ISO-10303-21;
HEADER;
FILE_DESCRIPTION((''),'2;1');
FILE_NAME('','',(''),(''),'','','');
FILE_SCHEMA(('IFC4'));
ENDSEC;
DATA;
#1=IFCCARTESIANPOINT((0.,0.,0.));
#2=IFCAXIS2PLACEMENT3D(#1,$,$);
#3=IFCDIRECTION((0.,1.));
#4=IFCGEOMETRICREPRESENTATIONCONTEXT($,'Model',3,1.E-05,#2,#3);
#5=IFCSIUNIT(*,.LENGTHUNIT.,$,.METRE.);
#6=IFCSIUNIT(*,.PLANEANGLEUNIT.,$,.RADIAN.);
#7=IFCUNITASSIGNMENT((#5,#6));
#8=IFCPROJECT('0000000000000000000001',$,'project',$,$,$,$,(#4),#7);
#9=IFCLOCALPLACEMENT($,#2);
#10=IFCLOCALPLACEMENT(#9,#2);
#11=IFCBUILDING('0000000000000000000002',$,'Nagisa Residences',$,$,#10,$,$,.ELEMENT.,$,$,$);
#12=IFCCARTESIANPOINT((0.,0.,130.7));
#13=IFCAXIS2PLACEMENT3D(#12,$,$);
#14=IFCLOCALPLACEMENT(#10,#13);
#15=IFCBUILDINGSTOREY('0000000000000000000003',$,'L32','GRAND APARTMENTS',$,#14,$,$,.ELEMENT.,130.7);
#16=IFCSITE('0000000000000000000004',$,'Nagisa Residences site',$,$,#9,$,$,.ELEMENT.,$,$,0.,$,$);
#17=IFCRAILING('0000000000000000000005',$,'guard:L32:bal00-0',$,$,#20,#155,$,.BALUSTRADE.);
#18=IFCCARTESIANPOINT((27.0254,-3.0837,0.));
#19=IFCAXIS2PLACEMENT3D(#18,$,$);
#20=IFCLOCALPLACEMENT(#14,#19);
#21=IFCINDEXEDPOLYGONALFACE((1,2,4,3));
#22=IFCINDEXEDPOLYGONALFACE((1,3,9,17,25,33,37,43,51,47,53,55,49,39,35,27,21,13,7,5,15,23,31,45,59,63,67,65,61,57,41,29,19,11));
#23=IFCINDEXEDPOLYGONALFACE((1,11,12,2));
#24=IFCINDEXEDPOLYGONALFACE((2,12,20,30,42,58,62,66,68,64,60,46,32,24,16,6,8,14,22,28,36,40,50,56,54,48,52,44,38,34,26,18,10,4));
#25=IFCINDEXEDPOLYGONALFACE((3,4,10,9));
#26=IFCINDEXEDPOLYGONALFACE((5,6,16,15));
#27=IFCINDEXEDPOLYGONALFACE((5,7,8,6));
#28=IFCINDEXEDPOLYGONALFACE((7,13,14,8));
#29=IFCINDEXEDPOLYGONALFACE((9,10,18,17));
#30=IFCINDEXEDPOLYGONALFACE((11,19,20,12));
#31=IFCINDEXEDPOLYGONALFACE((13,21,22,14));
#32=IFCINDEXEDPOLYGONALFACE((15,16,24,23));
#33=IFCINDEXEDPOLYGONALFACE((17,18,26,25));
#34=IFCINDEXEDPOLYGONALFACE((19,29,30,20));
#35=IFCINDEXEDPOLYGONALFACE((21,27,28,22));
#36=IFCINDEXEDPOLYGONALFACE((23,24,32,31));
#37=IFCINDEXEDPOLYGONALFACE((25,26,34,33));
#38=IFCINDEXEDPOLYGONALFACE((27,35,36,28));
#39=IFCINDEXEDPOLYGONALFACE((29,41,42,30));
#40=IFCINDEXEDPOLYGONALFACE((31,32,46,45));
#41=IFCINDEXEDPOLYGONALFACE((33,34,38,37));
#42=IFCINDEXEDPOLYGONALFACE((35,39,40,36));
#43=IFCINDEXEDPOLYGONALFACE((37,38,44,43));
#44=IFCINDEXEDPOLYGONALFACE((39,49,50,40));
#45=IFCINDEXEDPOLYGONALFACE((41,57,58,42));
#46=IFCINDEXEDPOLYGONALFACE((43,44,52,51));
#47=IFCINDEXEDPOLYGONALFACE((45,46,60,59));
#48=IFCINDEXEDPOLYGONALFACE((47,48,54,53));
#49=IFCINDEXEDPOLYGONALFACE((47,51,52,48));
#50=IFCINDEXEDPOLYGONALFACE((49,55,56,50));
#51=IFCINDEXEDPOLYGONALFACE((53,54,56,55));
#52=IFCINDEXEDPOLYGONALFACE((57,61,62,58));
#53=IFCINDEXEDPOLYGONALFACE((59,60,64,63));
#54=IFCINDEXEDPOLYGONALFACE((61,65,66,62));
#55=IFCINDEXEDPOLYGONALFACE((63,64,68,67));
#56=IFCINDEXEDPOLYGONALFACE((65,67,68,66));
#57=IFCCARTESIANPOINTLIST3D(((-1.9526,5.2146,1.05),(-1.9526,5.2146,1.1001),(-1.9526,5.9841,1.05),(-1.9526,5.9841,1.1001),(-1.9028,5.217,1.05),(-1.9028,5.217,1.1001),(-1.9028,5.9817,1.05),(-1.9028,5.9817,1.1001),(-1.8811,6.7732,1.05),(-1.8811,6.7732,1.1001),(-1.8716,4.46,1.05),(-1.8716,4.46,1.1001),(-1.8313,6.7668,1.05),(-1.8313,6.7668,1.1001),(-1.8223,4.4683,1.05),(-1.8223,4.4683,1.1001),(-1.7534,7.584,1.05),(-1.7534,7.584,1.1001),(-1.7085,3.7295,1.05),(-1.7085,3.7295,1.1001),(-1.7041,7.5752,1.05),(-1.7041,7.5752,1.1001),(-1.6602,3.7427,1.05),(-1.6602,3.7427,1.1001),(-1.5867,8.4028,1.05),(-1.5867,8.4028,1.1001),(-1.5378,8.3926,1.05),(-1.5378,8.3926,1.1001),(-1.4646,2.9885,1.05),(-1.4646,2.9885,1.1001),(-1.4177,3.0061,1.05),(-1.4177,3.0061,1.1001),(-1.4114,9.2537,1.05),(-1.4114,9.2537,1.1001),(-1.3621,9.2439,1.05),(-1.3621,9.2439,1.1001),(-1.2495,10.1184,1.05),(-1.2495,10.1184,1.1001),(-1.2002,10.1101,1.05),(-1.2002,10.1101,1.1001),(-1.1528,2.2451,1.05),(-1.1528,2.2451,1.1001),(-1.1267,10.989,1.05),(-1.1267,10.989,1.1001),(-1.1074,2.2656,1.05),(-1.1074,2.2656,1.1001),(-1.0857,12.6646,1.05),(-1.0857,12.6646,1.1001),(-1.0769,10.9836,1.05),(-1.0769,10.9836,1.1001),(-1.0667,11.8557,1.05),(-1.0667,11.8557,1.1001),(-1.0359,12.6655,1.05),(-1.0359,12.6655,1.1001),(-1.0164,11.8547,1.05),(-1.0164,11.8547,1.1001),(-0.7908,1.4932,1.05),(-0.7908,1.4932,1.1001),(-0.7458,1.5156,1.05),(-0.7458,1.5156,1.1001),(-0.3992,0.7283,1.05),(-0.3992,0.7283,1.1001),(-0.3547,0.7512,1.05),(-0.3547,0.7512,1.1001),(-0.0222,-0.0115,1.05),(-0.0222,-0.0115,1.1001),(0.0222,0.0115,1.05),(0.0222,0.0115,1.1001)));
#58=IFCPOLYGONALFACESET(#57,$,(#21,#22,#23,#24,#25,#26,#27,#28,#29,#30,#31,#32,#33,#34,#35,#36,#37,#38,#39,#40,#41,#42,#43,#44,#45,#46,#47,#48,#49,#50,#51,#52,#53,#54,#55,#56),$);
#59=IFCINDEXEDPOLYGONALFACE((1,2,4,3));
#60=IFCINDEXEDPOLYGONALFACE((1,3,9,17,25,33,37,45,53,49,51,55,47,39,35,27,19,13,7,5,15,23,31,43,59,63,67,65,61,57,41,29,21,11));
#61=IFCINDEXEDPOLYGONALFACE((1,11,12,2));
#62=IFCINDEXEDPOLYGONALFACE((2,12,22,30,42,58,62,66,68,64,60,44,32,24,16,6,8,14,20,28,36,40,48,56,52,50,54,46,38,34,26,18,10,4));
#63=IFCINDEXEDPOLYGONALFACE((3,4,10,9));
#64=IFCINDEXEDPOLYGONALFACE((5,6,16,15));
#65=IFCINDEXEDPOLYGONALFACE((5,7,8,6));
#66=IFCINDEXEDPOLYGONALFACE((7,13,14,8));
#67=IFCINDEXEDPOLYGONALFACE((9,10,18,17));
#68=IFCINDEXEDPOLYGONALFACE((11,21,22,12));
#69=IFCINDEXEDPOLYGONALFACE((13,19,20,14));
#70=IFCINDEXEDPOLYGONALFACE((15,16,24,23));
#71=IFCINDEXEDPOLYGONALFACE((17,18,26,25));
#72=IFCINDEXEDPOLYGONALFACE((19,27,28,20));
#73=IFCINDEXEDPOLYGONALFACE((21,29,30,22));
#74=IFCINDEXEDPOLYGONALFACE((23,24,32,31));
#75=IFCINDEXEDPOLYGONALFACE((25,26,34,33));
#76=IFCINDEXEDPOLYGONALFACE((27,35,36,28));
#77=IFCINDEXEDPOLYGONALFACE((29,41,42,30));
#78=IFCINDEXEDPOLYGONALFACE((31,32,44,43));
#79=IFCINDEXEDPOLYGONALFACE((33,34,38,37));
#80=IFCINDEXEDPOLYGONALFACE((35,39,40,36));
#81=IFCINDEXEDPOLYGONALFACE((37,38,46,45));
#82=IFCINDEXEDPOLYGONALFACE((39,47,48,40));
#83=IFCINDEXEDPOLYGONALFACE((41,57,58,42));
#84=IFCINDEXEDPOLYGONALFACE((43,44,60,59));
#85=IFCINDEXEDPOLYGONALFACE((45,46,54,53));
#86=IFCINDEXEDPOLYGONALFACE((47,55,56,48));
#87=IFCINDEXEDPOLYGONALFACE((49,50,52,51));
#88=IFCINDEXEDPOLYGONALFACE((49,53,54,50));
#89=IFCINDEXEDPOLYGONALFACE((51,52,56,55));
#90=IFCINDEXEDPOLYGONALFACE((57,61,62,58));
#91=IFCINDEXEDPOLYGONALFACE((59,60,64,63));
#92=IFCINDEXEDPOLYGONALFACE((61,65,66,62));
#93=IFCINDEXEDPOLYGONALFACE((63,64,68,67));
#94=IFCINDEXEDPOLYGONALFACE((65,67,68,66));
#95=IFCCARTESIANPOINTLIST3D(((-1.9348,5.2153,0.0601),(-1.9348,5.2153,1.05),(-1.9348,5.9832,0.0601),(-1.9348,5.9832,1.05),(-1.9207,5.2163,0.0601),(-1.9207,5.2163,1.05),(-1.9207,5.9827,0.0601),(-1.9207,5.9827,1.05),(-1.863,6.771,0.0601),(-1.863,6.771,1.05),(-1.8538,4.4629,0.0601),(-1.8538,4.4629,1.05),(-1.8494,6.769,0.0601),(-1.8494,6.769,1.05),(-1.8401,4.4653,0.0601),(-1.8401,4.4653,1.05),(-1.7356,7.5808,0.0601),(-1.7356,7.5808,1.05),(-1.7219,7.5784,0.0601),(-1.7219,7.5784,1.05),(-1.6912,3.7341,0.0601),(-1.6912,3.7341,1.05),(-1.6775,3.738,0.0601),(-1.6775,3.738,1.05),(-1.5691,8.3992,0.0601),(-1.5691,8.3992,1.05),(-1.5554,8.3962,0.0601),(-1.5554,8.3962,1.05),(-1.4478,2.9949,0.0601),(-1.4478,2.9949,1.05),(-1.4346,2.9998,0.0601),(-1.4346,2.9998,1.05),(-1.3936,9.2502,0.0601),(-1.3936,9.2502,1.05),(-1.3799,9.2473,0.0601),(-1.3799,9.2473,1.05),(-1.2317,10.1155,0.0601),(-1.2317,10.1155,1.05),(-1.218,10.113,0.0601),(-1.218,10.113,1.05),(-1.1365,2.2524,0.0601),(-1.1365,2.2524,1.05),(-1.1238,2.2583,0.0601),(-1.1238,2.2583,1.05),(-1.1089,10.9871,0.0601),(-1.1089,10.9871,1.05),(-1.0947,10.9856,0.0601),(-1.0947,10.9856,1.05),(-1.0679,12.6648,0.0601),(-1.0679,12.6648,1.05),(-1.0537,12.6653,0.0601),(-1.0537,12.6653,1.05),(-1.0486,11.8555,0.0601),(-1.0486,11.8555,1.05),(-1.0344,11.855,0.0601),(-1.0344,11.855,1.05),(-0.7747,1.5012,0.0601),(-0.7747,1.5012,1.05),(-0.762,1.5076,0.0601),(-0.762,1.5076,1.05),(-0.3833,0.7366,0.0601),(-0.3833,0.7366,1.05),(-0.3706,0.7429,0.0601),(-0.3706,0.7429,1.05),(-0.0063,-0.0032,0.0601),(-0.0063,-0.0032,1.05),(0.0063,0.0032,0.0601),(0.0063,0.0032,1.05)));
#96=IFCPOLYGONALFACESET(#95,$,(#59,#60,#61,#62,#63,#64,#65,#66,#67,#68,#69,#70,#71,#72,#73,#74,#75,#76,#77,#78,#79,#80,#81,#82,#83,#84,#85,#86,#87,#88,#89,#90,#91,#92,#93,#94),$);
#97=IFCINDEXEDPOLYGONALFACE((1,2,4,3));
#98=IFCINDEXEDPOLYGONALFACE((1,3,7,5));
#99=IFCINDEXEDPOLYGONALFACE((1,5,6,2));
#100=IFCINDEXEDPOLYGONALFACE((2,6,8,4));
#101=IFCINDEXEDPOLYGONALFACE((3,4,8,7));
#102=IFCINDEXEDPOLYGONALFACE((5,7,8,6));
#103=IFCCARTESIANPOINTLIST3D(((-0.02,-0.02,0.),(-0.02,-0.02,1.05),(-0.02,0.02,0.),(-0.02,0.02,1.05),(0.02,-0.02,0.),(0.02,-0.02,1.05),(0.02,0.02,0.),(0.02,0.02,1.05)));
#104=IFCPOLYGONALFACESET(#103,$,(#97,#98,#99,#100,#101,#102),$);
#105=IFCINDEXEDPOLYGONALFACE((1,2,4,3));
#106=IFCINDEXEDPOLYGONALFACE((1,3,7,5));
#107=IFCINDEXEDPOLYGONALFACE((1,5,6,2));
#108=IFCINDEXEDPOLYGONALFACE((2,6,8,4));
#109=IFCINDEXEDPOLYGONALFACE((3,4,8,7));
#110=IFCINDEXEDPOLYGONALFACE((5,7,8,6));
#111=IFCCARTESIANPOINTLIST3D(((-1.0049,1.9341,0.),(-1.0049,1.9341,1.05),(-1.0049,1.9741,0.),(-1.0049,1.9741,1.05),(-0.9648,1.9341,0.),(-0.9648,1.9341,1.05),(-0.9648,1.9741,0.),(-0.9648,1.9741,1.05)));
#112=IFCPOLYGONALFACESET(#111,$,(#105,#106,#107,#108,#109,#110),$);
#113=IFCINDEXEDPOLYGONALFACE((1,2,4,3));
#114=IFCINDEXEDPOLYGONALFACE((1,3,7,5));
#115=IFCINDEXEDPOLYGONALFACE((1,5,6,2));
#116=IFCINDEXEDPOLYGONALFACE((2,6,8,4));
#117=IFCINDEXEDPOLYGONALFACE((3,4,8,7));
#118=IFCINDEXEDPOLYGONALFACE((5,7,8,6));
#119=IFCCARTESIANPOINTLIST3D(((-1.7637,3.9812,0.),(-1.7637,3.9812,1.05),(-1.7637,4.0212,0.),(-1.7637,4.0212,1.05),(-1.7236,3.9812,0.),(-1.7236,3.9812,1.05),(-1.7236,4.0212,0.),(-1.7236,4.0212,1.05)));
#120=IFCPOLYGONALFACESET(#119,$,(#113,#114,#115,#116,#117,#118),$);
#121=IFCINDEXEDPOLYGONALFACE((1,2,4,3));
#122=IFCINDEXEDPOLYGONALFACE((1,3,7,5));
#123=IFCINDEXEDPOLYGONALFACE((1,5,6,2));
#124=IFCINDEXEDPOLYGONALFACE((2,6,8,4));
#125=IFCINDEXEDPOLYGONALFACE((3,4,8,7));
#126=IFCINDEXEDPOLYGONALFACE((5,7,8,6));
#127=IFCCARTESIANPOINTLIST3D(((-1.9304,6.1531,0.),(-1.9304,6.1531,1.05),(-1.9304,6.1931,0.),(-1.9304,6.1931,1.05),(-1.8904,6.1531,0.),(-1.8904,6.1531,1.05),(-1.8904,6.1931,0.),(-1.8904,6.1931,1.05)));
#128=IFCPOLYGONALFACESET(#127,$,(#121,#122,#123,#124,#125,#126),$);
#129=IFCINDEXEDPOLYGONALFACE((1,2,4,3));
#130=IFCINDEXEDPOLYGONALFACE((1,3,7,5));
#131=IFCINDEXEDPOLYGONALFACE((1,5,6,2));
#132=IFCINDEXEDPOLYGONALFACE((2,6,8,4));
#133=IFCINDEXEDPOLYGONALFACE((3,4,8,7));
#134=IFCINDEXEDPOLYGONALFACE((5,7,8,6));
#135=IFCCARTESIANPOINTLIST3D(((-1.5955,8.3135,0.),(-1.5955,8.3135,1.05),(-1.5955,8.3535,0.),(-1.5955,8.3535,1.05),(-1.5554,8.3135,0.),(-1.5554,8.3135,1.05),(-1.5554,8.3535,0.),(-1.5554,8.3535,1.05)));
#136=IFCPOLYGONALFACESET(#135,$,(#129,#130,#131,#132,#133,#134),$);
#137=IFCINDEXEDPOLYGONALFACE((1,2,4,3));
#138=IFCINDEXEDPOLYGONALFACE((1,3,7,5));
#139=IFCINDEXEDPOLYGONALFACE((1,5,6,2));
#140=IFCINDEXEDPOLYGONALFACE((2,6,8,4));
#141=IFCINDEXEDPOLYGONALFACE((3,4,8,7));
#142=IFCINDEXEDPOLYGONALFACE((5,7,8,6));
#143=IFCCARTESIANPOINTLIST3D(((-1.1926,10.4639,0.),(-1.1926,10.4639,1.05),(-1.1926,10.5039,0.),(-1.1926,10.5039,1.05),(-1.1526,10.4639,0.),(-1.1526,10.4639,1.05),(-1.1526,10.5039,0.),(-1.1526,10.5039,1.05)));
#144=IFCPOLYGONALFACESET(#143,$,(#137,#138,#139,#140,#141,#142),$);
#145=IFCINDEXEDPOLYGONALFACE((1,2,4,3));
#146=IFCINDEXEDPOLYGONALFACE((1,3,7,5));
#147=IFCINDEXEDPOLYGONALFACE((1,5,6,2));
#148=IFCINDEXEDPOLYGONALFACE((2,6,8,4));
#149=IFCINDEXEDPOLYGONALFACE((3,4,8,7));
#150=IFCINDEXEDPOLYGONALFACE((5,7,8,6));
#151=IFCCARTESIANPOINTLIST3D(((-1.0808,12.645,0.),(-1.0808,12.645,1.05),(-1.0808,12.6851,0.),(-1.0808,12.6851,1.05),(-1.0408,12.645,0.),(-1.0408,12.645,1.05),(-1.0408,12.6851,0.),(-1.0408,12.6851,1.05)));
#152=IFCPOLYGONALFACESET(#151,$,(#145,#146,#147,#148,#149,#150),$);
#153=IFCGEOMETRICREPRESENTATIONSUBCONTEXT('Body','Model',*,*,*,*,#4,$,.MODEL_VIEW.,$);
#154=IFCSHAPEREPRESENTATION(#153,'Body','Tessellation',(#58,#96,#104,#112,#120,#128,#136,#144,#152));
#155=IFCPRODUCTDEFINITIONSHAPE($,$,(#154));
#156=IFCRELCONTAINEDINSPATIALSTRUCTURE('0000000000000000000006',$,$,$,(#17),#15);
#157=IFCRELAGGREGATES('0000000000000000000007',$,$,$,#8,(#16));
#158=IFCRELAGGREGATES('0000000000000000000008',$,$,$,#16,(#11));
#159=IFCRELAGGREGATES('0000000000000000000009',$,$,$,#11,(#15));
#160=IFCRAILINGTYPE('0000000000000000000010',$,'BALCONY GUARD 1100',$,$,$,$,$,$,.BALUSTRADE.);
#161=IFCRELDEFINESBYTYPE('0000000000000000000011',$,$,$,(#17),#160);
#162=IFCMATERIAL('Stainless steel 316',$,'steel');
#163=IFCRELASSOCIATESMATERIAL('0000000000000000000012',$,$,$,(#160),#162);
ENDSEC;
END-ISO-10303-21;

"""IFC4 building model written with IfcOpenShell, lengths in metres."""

from ifc_helpers import new_model, si_unit, direction, frame, origin, origin_2d, place, context, subcontext, project, spatial, polyline, rectangle, outline, extrude, material, type_object, element, save


model = new_model("IFC4")

# Units and contexts
model_context = context("Model", 3, precision=1e-05, world=origin(), true_north=direction((0.0, 1.0)))
body_context = subcontext(model_context, "Body", "Model", "MODEL_VIEW")
ifc_project = project(units=[si_unit("LENGTHUNIT", "METRE"), si_unit("PLANEANGLEUNIT", "RADIAN")], contexts=[model_context])

# Site, building, storey
site_placement = place(None, origin())
site = spatial("IfcSite", under=ifc_project, at=site_placement, Name="Nagisa Residences site", CompositionType="ELEMENT", RefElevation=0.0)
building_placement = place(site_placement, origin())
building = spatial("IfcBuilding", under=site, at=building_placement, Name="Nagisa Residences", CompositionType="ELEMENT")
storey_placement = place(building_placement, frame((0.0, 0.0, 130.7)))
storey = spatial("IfcBuildingStorey", under=building, at=storey_placement, Name="L32", Description="GRAND APARTMENTS", CompositionType="ELEMENT", Elevation=130.7)

# Railing
ifc_material_1 = material(Name="Stainless steel 316", Category="steel")
railing_type = type_object("IfcRailingType", Name="BALCONY GUARD 1100", PredefinedType="BALUSTRADE", material=ifc_material_1)
railing_placement = place(storey_placement, frame((27.0254, -3.0837, 0.0)))
element("IfcRailing", 1, at=railing_placement, inside=storey, type_object=railing_type, Name="guard:L32:bal00-0", PredefinedType="BALUSTRADE", context=body_context, shape_type="SweptSolid", body=[
    extrude(outline(polyline([(-0.3992, 0.7283), (-0.0222, -0.0115), (0.0222, 0.0115), (-0.3547, 0.7512), (-0.7458, 1.5156), (-1.1074, 2.2656), (-1.4177, 3.0061), (-1.6602, 3.7427), (-1.8223, 4.4683), (-1.9028, 5.217), (-1.9028, 5.9817), (-1.8313, 6.7668), (-1.7041, 7.5752), (-1.5378, 8.3926), (-1.3621, 9.2439), (-1.2002, 10.1101), (-1.0769, 10.9836), (-1.0164, 11.8547), (-1.0359, 12.6655), (-1.0857, 12.6646), (-1.0667, 11.8557), (-1.1267, 10.989), (-1.2495, 10.1184), (-1.4114, 9.2537), (-1.5867, 8.4028), (-1.7534, 7.584), (-1.8811, 6.7732), (-1.9526, 5.9841), (-1.9526, 5.2146), (-1.8716, 4.46), (-1.7085, 3.7295), (-1.4646, 2.9885), (-1.1528, 2.2451), (-0.7908, 1.4932), (-0.3992, 0.7283)])), frame((0.0, 0.0, 1.05)), (0.0, 0.0, 1.0), 0.05),
    extrude(outline(polyline([(-0.3833, 0.7366), (-0.0063, -0.0032), (0.0063, 0.0032), (-0.3706, 0.7429), (-0.762, 1.5076), (-1.1238, 2.2583), (-1.4346, 2.9998), (-1.6775, 3.738), (-1.8401, 4.4653), (-1.9207, 5.2163), (-1.9207, 5.9827), (-1.8494, 6.769), (-1.7219, 7.5784), (-1.5554, 8.3962), (-1.3799, 9.2473), (-1.218, 10.113), (-1.0947, 10.9856), (-1.0344, 11.855), (-1.0537, 12.6653), (-1.0679, 12.6648), (-1.0486, 11.8555), (-1.1089, 10.9871), (-1.2317, 10.1155), (-1.3936, 9.2502), (-1.5691, 8.3992), (-1.7356, 7.5808), (-1.863, 6.771), (-1.9348, 5.9832), (-1.9348, 5.2153), (-1.8538, 4.4629), (-1.6912, 3.7341), (-1.4478, 2.9949), (-1.1365, 2.2524), (-0.7747, 1.5012), (-0.3833, 0.7366)])), frame((0.0, 0.0, 0.0601)), (0.0, 0.0, 1.0), 0.99),
    extrude(rectangle(XDim=0.04, YDim=0.04, at=origin_2d()), origin(), (0.0, 0.0, 1.0), 1.05),
    extrude(rectangle(XDim=0.04, YDim=0.04, at=origin_2d()), frame((-0.9849, 1.9541, 0.0)), (0.0, 0.0, 1.0), 1.05),
    extrude(rectangle(XDim=0.04, YDim=0.04, at=origin_2d()), frame((-1.7437, 4.0012, 0.0)), (0.0, 0.0, 1.0), 1.05),
    extrude(rectangle(XDim=0.04, YDim=0.04, at=origin_2d()), frame((-1.9104, 6.1731, 0.0)), (0.0, 0.0, 1.0), 1.05),
    extrude(rectangle(XDim=0.04, YDim=0.04, at=origin_2d()), frame((-1.5754, 8.3335, 0.0)), (0.0, 0.0, 1.0), 1.05),
    extrude(rectangle(XDim=0.04, YDim=0.04, at=origin_2d()), frame((-1.1726, 10.4839, 0.0)), (0.0, 0.0, 1.0), 1.05),
    extrude(rectangle(XDim=0.04, YDim=0.04, at=origin_2d()), frame((-1.0608, 12.665, 0.0)), (0.0, 0.0, 1.0), 1.05),
])

save(model, "model.ifc")
